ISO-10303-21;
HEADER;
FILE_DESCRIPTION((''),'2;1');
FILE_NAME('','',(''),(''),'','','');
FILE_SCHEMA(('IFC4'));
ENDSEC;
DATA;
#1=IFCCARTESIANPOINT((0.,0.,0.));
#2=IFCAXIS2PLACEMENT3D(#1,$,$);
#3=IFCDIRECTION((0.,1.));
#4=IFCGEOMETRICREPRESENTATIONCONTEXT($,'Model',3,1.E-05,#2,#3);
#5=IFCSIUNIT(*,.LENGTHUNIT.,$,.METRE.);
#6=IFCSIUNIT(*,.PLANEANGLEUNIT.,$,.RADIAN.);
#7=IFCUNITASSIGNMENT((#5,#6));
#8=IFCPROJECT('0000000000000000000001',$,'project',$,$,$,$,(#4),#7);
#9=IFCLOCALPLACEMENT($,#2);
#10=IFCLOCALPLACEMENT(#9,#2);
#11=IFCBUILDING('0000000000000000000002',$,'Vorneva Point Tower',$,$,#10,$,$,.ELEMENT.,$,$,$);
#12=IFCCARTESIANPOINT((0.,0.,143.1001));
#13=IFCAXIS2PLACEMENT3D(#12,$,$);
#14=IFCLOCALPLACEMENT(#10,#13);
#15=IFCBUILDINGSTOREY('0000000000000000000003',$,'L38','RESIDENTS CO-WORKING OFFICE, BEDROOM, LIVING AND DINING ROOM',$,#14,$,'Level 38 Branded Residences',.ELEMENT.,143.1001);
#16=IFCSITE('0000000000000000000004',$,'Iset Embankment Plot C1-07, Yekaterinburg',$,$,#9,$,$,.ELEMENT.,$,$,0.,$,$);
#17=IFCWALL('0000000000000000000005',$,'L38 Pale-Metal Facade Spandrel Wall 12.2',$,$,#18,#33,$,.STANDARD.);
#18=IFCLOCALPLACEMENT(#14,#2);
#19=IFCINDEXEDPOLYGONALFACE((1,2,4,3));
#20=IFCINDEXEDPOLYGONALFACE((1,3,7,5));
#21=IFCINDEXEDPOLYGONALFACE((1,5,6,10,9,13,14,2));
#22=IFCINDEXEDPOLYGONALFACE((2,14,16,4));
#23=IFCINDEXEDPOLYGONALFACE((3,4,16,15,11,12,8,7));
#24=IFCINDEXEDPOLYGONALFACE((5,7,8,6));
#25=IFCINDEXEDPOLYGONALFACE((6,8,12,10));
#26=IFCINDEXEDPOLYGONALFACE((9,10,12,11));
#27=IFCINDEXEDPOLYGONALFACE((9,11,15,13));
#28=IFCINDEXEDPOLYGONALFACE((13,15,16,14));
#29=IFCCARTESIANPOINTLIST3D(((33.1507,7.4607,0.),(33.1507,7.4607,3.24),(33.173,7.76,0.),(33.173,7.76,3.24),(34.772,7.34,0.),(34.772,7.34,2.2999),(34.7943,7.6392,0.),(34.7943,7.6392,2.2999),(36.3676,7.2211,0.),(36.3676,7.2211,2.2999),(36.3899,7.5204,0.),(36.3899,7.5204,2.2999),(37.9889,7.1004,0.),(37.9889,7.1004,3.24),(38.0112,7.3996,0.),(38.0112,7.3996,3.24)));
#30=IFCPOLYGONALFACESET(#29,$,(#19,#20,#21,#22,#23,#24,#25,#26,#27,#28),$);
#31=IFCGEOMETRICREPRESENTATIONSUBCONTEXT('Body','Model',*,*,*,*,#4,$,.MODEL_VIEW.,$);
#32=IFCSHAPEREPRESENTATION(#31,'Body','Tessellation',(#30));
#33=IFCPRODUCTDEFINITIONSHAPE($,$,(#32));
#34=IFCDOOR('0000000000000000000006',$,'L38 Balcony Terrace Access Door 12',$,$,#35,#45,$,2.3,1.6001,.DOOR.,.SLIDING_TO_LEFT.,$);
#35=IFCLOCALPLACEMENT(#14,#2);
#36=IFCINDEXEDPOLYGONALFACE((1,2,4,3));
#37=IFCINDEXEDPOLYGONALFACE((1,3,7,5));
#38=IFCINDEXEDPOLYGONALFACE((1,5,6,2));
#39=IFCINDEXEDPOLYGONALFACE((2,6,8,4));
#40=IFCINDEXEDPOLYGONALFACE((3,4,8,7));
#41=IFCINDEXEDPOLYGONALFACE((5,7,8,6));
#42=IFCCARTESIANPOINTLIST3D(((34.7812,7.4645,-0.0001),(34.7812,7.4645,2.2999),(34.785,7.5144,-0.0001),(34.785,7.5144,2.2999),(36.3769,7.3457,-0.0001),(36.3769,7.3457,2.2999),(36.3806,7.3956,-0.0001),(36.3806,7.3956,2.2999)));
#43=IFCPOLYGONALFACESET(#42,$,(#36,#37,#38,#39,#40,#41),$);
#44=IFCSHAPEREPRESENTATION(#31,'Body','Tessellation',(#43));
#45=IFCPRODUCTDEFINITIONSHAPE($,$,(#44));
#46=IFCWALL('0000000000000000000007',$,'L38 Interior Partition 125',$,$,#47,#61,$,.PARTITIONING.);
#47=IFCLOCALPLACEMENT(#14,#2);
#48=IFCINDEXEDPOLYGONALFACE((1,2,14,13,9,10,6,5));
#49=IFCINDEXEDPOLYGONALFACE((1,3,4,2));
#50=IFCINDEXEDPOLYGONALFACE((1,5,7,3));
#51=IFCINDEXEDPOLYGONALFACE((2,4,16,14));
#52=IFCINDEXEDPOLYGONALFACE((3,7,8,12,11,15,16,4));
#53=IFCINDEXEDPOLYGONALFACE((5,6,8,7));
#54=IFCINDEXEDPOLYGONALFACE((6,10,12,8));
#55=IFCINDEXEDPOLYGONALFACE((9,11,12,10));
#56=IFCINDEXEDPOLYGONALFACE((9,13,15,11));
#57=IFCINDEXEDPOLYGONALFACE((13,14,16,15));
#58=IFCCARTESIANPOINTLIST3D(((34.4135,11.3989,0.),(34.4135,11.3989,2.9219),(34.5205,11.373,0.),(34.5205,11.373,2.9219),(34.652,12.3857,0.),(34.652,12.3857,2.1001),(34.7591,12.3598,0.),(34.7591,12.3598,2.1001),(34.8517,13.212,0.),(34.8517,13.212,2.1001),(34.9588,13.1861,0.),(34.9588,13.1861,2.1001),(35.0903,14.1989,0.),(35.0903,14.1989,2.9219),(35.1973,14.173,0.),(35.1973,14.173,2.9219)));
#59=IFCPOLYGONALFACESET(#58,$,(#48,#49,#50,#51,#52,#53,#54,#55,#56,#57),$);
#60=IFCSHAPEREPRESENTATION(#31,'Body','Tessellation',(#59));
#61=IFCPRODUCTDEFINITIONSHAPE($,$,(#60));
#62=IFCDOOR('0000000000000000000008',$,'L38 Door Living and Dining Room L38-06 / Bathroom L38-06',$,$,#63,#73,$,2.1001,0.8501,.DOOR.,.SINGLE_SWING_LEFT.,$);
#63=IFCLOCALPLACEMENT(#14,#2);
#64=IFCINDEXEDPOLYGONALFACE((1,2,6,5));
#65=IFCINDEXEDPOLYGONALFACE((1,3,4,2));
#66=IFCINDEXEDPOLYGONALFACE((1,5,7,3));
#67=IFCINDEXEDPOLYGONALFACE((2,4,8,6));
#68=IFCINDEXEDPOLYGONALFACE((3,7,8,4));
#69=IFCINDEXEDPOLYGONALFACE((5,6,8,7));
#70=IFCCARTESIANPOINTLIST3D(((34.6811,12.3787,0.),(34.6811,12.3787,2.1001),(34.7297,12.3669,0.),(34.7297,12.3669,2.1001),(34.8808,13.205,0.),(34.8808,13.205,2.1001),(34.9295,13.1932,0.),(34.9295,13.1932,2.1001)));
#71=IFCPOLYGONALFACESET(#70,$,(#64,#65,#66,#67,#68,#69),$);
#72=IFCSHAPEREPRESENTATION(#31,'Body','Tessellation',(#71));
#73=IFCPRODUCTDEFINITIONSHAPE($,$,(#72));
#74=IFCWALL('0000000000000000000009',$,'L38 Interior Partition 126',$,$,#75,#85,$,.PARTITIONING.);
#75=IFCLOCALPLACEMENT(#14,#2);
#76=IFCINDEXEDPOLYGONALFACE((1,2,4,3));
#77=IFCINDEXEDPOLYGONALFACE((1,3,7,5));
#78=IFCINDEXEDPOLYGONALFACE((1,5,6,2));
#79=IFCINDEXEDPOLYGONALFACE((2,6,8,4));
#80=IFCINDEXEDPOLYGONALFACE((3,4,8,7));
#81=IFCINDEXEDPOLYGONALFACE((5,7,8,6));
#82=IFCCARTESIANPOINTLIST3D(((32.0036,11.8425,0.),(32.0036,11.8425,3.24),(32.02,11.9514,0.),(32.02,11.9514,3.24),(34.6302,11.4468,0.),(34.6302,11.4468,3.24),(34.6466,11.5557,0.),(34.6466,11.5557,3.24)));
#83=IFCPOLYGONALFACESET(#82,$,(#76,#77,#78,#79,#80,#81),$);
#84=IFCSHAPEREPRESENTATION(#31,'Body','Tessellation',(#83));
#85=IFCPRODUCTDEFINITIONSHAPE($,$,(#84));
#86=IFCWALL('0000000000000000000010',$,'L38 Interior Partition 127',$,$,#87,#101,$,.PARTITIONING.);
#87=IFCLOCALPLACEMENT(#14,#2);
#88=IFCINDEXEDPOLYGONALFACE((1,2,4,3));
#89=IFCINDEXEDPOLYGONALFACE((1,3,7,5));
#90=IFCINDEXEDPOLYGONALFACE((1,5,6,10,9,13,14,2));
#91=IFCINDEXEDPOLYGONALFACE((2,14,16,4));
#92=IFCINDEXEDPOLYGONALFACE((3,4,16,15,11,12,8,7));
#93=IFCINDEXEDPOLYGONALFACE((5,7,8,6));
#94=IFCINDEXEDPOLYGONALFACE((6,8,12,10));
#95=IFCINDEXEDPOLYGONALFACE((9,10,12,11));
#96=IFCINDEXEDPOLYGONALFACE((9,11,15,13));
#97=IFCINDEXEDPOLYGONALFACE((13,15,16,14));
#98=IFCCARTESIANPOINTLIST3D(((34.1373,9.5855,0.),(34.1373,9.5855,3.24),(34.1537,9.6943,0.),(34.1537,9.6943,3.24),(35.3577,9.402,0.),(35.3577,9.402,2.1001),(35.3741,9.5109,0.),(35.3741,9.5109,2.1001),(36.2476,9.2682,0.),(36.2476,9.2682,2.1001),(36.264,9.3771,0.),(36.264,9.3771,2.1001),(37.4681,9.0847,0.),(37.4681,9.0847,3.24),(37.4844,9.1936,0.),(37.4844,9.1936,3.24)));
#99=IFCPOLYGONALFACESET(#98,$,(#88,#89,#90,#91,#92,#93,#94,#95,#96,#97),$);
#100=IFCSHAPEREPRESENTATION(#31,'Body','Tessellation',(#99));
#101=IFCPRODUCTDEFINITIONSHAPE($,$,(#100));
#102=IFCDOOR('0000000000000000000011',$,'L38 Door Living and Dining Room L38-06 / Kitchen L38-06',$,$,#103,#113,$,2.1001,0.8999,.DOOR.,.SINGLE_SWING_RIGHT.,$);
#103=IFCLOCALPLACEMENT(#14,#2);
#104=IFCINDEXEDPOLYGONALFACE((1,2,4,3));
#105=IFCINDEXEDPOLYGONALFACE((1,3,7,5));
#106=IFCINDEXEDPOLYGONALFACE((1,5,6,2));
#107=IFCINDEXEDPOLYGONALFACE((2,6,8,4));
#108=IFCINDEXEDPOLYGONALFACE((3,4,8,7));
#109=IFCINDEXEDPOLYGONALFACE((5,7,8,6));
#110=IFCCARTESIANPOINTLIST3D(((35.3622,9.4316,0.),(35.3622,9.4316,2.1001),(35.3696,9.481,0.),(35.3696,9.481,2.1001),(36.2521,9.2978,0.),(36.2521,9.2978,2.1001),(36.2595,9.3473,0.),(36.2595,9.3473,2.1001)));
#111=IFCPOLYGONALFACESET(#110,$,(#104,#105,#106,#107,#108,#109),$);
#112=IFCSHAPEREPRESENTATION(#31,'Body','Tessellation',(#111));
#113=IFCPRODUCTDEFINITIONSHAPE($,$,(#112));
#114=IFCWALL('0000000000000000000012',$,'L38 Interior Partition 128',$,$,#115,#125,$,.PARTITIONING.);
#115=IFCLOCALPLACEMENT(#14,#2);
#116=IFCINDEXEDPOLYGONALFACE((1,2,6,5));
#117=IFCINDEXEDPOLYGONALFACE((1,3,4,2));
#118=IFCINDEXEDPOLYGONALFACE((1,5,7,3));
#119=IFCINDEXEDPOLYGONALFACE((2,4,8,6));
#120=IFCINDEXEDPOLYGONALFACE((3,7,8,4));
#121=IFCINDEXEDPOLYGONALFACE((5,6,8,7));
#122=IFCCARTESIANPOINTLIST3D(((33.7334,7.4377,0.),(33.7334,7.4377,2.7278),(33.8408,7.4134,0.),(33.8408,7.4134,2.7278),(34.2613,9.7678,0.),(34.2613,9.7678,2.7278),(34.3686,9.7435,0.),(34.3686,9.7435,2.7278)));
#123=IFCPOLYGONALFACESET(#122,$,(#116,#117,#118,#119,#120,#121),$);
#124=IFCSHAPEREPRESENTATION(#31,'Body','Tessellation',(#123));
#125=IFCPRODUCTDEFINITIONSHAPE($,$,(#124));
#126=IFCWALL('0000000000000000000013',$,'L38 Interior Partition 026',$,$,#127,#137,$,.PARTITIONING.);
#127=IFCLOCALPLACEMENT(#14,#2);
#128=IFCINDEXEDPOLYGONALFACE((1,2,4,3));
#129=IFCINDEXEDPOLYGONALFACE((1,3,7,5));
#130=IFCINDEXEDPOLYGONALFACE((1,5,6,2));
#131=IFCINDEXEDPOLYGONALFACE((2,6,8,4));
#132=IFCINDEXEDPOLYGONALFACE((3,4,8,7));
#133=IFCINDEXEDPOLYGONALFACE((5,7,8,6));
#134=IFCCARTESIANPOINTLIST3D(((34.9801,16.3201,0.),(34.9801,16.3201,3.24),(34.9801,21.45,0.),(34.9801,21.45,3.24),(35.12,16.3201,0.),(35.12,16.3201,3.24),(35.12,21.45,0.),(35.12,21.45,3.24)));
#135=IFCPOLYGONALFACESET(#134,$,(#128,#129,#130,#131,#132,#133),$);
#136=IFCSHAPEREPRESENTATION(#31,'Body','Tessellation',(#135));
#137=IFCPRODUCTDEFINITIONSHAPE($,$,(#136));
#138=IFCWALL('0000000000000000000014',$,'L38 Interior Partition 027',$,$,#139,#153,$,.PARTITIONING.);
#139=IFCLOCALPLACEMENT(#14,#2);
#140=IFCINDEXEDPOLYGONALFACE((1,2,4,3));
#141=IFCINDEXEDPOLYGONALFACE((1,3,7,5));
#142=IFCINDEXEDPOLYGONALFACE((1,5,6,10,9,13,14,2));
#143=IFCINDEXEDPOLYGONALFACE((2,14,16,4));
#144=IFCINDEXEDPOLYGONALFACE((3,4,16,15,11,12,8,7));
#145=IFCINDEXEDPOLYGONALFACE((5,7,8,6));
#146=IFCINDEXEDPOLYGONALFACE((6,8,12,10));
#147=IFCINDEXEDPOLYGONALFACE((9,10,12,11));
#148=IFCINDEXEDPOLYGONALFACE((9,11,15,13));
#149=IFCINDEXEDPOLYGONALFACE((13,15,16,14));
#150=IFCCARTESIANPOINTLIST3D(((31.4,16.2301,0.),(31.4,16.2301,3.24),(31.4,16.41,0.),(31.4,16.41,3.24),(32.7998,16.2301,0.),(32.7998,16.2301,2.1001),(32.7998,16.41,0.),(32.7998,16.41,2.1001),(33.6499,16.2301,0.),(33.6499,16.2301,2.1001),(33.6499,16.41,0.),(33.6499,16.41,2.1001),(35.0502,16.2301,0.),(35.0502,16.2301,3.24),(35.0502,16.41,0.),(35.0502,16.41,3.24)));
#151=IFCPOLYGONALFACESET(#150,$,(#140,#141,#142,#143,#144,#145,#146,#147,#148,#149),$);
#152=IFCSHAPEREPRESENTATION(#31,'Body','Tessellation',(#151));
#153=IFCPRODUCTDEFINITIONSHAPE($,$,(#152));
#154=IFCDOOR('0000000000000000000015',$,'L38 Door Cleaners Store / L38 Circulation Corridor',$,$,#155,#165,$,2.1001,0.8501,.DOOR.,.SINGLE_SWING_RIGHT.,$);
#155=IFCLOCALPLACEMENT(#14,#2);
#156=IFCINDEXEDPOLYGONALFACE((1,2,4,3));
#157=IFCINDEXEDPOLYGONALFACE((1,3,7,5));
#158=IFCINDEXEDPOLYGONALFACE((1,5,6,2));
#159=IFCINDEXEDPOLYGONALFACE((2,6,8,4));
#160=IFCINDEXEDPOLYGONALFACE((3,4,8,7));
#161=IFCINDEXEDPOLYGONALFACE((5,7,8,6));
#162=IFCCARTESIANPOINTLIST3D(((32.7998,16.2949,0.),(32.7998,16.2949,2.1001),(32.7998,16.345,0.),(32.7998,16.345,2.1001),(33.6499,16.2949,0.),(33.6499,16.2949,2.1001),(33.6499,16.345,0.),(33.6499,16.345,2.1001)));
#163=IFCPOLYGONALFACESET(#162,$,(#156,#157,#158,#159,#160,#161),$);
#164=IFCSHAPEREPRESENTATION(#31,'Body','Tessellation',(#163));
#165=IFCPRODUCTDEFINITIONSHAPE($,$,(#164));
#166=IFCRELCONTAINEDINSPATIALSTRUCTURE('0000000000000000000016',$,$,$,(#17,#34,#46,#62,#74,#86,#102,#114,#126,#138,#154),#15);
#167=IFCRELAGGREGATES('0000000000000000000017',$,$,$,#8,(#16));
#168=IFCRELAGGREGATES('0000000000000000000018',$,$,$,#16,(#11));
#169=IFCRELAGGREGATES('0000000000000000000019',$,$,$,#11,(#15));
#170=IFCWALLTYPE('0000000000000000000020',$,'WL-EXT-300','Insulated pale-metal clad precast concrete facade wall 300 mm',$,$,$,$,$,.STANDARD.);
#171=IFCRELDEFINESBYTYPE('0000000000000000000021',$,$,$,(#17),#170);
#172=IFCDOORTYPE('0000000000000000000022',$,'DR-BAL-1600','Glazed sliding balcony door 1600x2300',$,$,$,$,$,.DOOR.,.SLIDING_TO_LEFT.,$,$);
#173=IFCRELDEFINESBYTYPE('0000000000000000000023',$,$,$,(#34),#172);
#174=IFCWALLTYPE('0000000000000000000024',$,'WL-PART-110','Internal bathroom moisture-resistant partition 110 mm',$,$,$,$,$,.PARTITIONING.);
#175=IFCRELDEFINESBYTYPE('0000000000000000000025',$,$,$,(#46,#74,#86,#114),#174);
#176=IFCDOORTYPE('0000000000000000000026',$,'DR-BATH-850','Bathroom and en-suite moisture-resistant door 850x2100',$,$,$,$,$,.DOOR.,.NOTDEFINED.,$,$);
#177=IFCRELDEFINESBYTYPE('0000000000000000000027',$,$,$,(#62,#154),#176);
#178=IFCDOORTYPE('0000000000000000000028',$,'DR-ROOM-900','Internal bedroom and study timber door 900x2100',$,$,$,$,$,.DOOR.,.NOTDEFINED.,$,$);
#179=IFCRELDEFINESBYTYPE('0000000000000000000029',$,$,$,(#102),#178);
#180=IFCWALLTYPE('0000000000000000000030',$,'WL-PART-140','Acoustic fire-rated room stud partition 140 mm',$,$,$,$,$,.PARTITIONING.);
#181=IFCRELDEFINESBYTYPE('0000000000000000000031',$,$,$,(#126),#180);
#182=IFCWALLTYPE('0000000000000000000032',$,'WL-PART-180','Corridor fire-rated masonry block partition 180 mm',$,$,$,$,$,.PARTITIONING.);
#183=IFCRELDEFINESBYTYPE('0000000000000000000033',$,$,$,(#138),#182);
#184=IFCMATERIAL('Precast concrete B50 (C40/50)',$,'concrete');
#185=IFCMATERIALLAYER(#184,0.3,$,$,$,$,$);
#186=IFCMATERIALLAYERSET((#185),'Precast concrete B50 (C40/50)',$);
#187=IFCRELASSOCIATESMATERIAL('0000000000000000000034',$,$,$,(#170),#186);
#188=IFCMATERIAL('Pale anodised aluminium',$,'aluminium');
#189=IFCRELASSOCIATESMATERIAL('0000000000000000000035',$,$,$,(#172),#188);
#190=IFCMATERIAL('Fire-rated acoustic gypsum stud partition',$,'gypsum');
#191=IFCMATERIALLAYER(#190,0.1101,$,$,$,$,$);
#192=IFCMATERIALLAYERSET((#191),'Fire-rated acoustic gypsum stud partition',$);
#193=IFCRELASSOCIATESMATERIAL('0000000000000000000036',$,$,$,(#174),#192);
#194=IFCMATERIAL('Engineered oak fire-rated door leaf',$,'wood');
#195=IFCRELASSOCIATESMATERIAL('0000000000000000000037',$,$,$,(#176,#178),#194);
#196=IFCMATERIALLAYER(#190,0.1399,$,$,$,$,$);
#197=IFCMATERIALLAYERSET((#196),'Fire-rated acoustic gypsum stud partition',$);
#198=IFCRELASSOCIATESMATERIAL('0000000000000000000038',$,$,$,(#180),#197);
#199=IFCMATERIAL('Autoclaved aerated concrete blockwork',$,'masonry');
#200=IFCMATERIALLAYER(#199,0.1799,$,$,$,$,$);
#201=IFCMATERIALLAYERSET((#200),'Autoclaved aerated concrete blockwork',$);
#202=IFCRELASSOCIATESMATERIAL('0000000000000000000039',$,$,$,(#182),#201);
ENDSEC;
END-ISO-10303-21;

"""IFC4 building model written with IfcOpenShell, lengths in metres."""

from ifc_helpers import new_model, si_unit, direction, frame, frame_2d, origin, place, context, subcontext, project, spatial, rectangle, extrude, material, layer, layer_set, type_object, element, fill, save


model = new_model("IFC4")

# Units and contexts
model_context = context("Model", 3, precision=1e-05, world=origin(), true_north=direction((0.0, 1.0)))
body_context = subcontext(model_context, "Body", "Model", "MODEL_VIEW")
ifc_project = project(units=[si_unit("LENGTHUNIT", "METRE"), si_unit("PLANEANGLEUNIT", "RADIAN")], contexts=[model_context])

# Site, building, storey
site_placement = place(None, origin())
site = spatial("IfcSite", under=ifc_project, at=site_placement, Name="Iset Embankment Plot C1-07, Yekaterinburg", CompositionType="ELEMENT", RefElevation=0.0)
building_placement = place(site_placement, origin())
building = spatial("IfcBuilding", under=site, at=building_placement, Name="Vorneva Point Tower", CompositionType="ELEMENT")
storey_placement = place(building_placement, frame((0.0, 0.0, 143.1001)))
storey = spatial("IfcBuildingStorey", under=building, at=storey_placement, Name="L38", Description="RESIDENTS CO-WORKING OFFICE, BEDROOM, LIVING AND DINING ROOM", LongName="Level 38 Branded Residences", CompositionType="ELEMENT", Elevation=143.1001)

# Walls, openings, doors
ifc_material_1 = material(Name="Precast concrete B50 (C40/50)", Category="concrete")
ifc_layer_1 = layer(ifc_material_1, 0.3)
ifc_layer_set_1 = layer_set([ifc_layer_1], Name="Precast concrete B50 (C40/50)")
wall_type_1 = type_object("IfcWallType", Name="WL-EXT-300", Description="Insulated pale-metal clad precast concrete facade wall 300 mm", PredefinedType="STANDARD", material=ifc_layer_set_1)
wall_1_placement = place(storey_placement, frame((33.1619, 7.6104, 0.0), z_axis=(0.0, 0.0, 1.0), x_axis=(0.997238, -0.074276, 0.0)))
wall_1 = element("IfcWall", 1, at=wall_1_placement, inside=storey, type_object=wall_type_1, Name="L38 Pale-Metal Facade Spandrel Wall 12.2", PredefinedType="STANDARD", context=body_context, shape_type="SweptSolid", body=[
    extrude(rectangle(XDim=4.8516, YDim=0.3, at=frame_2d((2.4258, 0.0))), origin(), (0.0, 0.0, 1.0), 3.24),
])
opening_1_placement = place(wall_1_placement, frame((1.6257, 0.0, 0.0)))
opening_1 = element("IfcOpeningElement", 2, at=opening_1_placement, cuts=wall_1, PredefinedType="OPENING", context=body_context, shape_type="SweptSolid", body=[
    extrude(rectangle(XDim=1.6001, YDim=2.3, at=frame_2d((0.8, 1.1499))), frame((0.0, 0.165, 0.0), z_axis=(0.0, -1.0, 0.0), x_axis=(1.0, 0.0, 0.0)), (0.0, 0.0, 1.0), 0.3298),
])
ifc_material_2 = material(Name="Pale anodised aluminium", Category="aluminium")
door_type_1 = type_object("IfcDoorType", Name="DR-BAL-1600", Description="Glazed sliding balcony door 1600x2300", OperationType="SLIDING_TO_LEFT", PredefinedType="DOOR", material=ifc_material_2)
door_1_placement = place(opening_1_placement, origin())
door_1 = element("IfcDoor", 3, at=door_1_placement, inside=storey, type_object=door_type_1, Name="L38 Balcony Terrace Access Door 12", OperationType="SLIDING_TO_LEFT", OverallHeight=2.3, OverallWidth=1.6001, PredefinedType="DOOR", context=body_context, shape_type="SweptSolid", body=[
    extrude(rectangle(XDim=1.6001, YDim=2.3, at=frame_2d((0.8, 1.1499))), frame((0.0, 0.0249, 0.0), z_axis=(0.0, -1.0, 0.0), x_axis=(1.0, 0.0, 0.0)), (0.0, 0.0, 1.0), 0.05),
])
fill(opening_1, door_1)
ifc_material_3 = material(Name="Fire-rated acoustic gypsum stud partition", Category="gypsum")
ifc_layer_2 = layer(ifc_material_3, 0.1101)
ifc_layer_set_2 = layer_set([ifc_layer_2], Name="Fire-rated acoustic gypsum stud partition")
wall_type_2 = type_object("IfcWallType", Name="WL-PART-110", Description="Internal bathroom moisture-resistant partition 110 mm", PredefinedType="PARTITIONING", material=ifc_layer_set_2)
wall_2_placement = place(storey_placement, frame((35.1438, 14.186, 0.0), z_axis=(0.0, 0.0, 1.0), x_axis=(-0.23493, -0.972012, 0.0)))
wall_2 = element("IfcWall", 4, at=wall_2_placement, inside=storey, type_object=wall_type_2, Name="L38 Interior Partition 125", PredefinedType="PARTITIONING", context=body_context, shape_type="SweptSolid", body=[
    extrude(rectangle(XDim=2.8806, YDim=0.1101, at=frame_2d((1.4404, 0.0))), origin(), (0.0, 0.0, 1.0), 2.9219),
])
opening_2_placement = place(wall_2_placement, frame((1.0154, 0.0, 0.0)))
opening_2 = element("IfcOpeningElement", 5, at=opening_2_placement, cuts=wall_2, PredefinedType="OPENING", context=body_context, shape_type="SweptSolid", body=[
    extrude(rectangle(XDim=0.8501, YDim=2.1001, at=frame_2d((0.425, 1.05))), frame((0.0, 0.0698, 0.0), z_axis=(0.0, -1.0, 0.0), x_axis=(1.0, 0.0, 0.0)), (0.0, 0.0, 1.0), 0.1399),
])
ifc_material_4 = material(Name="Engineered oak fire-rated door leaf", Category="wood")
door_type_2 = type_object("IfcDoorType", Name="DR-BATH-850", Description="Bathroom and en-suite moisture-resistant door 850x2100", OperationType="NOTDEFINED", PredefinedType="DOOR", material=ifc_material_4)
door_2_placement = place(opening_2_placement, origin())
door_2 = element("IfcDoor", 6, at=door_2_placement, inside=storey, type_object=door_type_2, Name="L38 Door Living and Dining Room L38-06 / Bathroom L38-06", OperationType="SINGLE_SWING_LEFT", OverallHeight=2.1001, OverallWidth=0.8501, PredefinedType="DOOR", context=body_context, shape_type="SweptSolid", body=[
    extrude(rectangle(XDim=0.8501, YDim=2.1001, at=frame_2d((0.425, 1.05))), frame((0.0, 0.0249, 0.0), z_axis=(0.0, -1.0, 0.0), x_axis=(1.0, 0.0, 0.0)), (0.0, 0.0, 1.0), 0.05),
])
fill(opening_2, door_2)

# Wall
wall_3_placement = place(storey_placement, frame((34.6384, 11.5012, 0.0), z_axis=(0.0, 0.0, 1.0), x_axis=(-0.98884, 0.148983, 0.0)))
element("IfcWall", 7, at=wall_3_placement, inside=storey, type_object=wall_type_2, Name="L38 Interior Partition 126", PredefinedType="PARTITIONING", context=body_context, shape_type="SweptSolid", body=[
    extrude(rectangle(XDim=2.6562, YDim=0.1101, at=frame_2d((1.3281, 0.0))), origin(), (0.0, 0.0, 1.0), 3.24),
])

# Wall, opening, door
wall_4_placement = place(storey_placement, frame((34.1455, 9.6399, 0.0), z_axis=(0.0, 0.0, 1.0), x_axis=(0.988888, -0.148663, 0.0)))
wall_4 = element("IfcWall", 8, at=wall_4_placement, inside=storey, type_object=wall_type_2, Name="L38 Interior Partition 127", PredefinedType="PARTITIONING", context=body_context, shape_type="SweptSolid", body=[
    extrude(rectangle(XDim=3.3682, YDim=0.1101, at=frame_2d((1.6841, 0.0))), origin(), (0.0, 0.0, 1.0), 3.24),
])
opening_3_placement = place(wall_4_placement, frame((1.2341, 0.0, 0.0)))
opening_3 = element("IfcOpeningElement", 9, at=opening_3_placement, cuts=wall_4, PredefinedType="OPENING", context=body_context, shape_type="SweptSolid", body=[
    extrude(rectangle(XDim=0.8999, YDim=2.1001, at=frame_2d((0.45, 1.05))), frame((0.0, 0.0698, 0.0), z_axis=(0.0, -1.0, 0.0), x_axis=(1.0, 0.0, 0.0)), (0.0, 0.0, 1.0), 0.1399),
])
door_type_3 = type_object("IfcDoorType", Name="DR-ROOM-900", Description="Internal bedroom and study timber door 900x2100", OperationType="NOTDEFINED", PredefinedType="DOOR", material=ifc_material_4)
door_3_placement = place(opening_3_placement, origin())
door_3 = element("IfcDoor", 10, at=door_3_placement, inside=storey, type_object=door_type_3, Name="L38 Door Living and Dining Room L38-06 / Kitchen L38-06", OperationType="SINGLE_SWING_RIGHT", OverallHeight=2.1001, OverallWidth=0.8999, PredefinedType="DOOR", context=body_context, shape_type="SweptSolid", body=[
    extrude(rectangle(XDim=0.8999, YDim=2.1001, at=frame_2d((0.45, 1.05))), frame((0.0, 0.0249, 0.0), z_axis=(0.0, -1.0, 0.0), x_axis=(1.0, 0.0, 0.0)), (0.0, 0.0, 1.0), 0.05),
])
fill(opening_3, door_3)

# Walls
wall_5_placement = place(storey_placement, frame((33.7871, 7.4255, 0.0), z_axis=(0.0, 0.0, 1.0), x_axis=(0.220932, 0.975289, 0.0)))
element("IfcWall", 11, at=wall_5_placement, inside=storey, type_object=wall_type_2, Name="L38 Interior Partition 128", PredefinedType="PARTITIONING", context=body_context, shape_type="SweptSolid", body=[
    extrude(rectangle(XDim=2.3892, YDim=0.1101, at=frame_2d((1.1946, 0.0))), origin(), (0.0, 0.0, 1.0), 2.7278),
])
ifc_layer_3 = layer(ifc_material_3, 0.1399)
ifc_layer_set_3 = layer_set([ifc_layer_3], Name="Fire-rated acoustic gypsum stud partition")
wall_type_3 = type_object("IfcWallType", Name="WL-PART-140", Description="Acoustic fire-rated room stud partition 140 mm", PredefinedType="PARTITIONING", material=ifc_layer_set_3)
wall_6_placement = place(storey_placement, frame((35.05, 16.3201, 0.0), z_axis=(0.0, 0.0, 1.0), x_axis=(0.0, 1.0, 0.0)))
element("IfcWall", 12, at=wall_6_placement, inside=storey, type_object=wall_type_3, Name="L38 Interior Partition 026", PredefinedType="PARTITIONING", context=body_context, shape_type="SweptSolid", body=[
    extrude(rectangle(XDim=5.1299, YDim=0.1399, at=frame_2d((2.5649, 0.0))), origin(), (0.0, 0.0, 1.0), 3.24),
])

# Wall, opening, door
ifc_material_5 = material(Name="Autoclaved aerated concrete blockwork", Category="masonry")
ifc_layer_4 = layer(ifc_material_5, 0.1799)
ifc_layer_set_4 = layer_set([ifc_layer_4], Name="Autoclaved aerated concrete blockwork")
wall_type_4 = type_object("IfcWallType", Name="WL-PART-180", Description="Corridor fire-rated masonry block partition 180 mm", PredefinedType="PARTITIONING", material=ifc_layer_set_4)
wall_7_placement = place(storey_placement, frame((31.3999, 16.3201, 0.0), z_axis=(0.0, 0.0, 1.0), x_axis=(1.0, 0.0, 0.0)))
wall_7 = element("IfcWall", 13, at=wall_7_placement, inside=storey, type_object=wall_type_4, Name="L38 Interior Partition 027", PredefinedType="PARTITIONING", context=body_context, shape_type="SweptSolid", body=[
    extrude(rectangle(XDim=3.6501, YDim=0.1799, at=frame_2d((1.8252, 0.0))), origin(), (0.0, 0.0, 1.0), 3.24),
])
opening_4_placement = place(wall_7_placement, frame((1.3999, 0.0, 0.0)))
opening_4 = element("IfcOpeningElement", 14, at=opening_4_placement, cuts=wall_7, PredefinedType="OPENING", context=body_context, shape_type="SweptSolid", body=[
    extrude(rectangle(XDim=0.8501, YDim=2.1001, at=frame_2d((0.425, 1.05))), frame((0.0, 0.105, 0.0), z_axis=(0.0, -1.0, 0.0), x_axis=(1.0, 0.0, 0.0)), (0.0, 0.0, 1.0), 0.2097),
])
door_4_placement = place(opening_4_placement, origin())
door_4 = element("IfcDoor", 15, at=door_4_placement, inside=storey, type_object=door_type_2, Name="L38 Door Cleaners Store / L38 Circulation Corridor", OperationType="SINGLE_SWING_RIGHT", OverallHeight=2.1001, OverallWidth=0.8501, PredefinedType="DOOR", context=body_context, shape_type="SweptSolid", body=[
    extrude(rectangle(XDim=0.8501, YDim=2.1001, at=frame_2d((0.425, 1.05))), frame((0.0, 0.0249, 0.0), z_axis=(0.0, -1.0, 0.0), x_axis=(1.0, 0.0, 0.0)), (0.0, 0.0, 1.0), 0.05),
])
fill(opening_4, door_4)

save(model, "model.ifc")
